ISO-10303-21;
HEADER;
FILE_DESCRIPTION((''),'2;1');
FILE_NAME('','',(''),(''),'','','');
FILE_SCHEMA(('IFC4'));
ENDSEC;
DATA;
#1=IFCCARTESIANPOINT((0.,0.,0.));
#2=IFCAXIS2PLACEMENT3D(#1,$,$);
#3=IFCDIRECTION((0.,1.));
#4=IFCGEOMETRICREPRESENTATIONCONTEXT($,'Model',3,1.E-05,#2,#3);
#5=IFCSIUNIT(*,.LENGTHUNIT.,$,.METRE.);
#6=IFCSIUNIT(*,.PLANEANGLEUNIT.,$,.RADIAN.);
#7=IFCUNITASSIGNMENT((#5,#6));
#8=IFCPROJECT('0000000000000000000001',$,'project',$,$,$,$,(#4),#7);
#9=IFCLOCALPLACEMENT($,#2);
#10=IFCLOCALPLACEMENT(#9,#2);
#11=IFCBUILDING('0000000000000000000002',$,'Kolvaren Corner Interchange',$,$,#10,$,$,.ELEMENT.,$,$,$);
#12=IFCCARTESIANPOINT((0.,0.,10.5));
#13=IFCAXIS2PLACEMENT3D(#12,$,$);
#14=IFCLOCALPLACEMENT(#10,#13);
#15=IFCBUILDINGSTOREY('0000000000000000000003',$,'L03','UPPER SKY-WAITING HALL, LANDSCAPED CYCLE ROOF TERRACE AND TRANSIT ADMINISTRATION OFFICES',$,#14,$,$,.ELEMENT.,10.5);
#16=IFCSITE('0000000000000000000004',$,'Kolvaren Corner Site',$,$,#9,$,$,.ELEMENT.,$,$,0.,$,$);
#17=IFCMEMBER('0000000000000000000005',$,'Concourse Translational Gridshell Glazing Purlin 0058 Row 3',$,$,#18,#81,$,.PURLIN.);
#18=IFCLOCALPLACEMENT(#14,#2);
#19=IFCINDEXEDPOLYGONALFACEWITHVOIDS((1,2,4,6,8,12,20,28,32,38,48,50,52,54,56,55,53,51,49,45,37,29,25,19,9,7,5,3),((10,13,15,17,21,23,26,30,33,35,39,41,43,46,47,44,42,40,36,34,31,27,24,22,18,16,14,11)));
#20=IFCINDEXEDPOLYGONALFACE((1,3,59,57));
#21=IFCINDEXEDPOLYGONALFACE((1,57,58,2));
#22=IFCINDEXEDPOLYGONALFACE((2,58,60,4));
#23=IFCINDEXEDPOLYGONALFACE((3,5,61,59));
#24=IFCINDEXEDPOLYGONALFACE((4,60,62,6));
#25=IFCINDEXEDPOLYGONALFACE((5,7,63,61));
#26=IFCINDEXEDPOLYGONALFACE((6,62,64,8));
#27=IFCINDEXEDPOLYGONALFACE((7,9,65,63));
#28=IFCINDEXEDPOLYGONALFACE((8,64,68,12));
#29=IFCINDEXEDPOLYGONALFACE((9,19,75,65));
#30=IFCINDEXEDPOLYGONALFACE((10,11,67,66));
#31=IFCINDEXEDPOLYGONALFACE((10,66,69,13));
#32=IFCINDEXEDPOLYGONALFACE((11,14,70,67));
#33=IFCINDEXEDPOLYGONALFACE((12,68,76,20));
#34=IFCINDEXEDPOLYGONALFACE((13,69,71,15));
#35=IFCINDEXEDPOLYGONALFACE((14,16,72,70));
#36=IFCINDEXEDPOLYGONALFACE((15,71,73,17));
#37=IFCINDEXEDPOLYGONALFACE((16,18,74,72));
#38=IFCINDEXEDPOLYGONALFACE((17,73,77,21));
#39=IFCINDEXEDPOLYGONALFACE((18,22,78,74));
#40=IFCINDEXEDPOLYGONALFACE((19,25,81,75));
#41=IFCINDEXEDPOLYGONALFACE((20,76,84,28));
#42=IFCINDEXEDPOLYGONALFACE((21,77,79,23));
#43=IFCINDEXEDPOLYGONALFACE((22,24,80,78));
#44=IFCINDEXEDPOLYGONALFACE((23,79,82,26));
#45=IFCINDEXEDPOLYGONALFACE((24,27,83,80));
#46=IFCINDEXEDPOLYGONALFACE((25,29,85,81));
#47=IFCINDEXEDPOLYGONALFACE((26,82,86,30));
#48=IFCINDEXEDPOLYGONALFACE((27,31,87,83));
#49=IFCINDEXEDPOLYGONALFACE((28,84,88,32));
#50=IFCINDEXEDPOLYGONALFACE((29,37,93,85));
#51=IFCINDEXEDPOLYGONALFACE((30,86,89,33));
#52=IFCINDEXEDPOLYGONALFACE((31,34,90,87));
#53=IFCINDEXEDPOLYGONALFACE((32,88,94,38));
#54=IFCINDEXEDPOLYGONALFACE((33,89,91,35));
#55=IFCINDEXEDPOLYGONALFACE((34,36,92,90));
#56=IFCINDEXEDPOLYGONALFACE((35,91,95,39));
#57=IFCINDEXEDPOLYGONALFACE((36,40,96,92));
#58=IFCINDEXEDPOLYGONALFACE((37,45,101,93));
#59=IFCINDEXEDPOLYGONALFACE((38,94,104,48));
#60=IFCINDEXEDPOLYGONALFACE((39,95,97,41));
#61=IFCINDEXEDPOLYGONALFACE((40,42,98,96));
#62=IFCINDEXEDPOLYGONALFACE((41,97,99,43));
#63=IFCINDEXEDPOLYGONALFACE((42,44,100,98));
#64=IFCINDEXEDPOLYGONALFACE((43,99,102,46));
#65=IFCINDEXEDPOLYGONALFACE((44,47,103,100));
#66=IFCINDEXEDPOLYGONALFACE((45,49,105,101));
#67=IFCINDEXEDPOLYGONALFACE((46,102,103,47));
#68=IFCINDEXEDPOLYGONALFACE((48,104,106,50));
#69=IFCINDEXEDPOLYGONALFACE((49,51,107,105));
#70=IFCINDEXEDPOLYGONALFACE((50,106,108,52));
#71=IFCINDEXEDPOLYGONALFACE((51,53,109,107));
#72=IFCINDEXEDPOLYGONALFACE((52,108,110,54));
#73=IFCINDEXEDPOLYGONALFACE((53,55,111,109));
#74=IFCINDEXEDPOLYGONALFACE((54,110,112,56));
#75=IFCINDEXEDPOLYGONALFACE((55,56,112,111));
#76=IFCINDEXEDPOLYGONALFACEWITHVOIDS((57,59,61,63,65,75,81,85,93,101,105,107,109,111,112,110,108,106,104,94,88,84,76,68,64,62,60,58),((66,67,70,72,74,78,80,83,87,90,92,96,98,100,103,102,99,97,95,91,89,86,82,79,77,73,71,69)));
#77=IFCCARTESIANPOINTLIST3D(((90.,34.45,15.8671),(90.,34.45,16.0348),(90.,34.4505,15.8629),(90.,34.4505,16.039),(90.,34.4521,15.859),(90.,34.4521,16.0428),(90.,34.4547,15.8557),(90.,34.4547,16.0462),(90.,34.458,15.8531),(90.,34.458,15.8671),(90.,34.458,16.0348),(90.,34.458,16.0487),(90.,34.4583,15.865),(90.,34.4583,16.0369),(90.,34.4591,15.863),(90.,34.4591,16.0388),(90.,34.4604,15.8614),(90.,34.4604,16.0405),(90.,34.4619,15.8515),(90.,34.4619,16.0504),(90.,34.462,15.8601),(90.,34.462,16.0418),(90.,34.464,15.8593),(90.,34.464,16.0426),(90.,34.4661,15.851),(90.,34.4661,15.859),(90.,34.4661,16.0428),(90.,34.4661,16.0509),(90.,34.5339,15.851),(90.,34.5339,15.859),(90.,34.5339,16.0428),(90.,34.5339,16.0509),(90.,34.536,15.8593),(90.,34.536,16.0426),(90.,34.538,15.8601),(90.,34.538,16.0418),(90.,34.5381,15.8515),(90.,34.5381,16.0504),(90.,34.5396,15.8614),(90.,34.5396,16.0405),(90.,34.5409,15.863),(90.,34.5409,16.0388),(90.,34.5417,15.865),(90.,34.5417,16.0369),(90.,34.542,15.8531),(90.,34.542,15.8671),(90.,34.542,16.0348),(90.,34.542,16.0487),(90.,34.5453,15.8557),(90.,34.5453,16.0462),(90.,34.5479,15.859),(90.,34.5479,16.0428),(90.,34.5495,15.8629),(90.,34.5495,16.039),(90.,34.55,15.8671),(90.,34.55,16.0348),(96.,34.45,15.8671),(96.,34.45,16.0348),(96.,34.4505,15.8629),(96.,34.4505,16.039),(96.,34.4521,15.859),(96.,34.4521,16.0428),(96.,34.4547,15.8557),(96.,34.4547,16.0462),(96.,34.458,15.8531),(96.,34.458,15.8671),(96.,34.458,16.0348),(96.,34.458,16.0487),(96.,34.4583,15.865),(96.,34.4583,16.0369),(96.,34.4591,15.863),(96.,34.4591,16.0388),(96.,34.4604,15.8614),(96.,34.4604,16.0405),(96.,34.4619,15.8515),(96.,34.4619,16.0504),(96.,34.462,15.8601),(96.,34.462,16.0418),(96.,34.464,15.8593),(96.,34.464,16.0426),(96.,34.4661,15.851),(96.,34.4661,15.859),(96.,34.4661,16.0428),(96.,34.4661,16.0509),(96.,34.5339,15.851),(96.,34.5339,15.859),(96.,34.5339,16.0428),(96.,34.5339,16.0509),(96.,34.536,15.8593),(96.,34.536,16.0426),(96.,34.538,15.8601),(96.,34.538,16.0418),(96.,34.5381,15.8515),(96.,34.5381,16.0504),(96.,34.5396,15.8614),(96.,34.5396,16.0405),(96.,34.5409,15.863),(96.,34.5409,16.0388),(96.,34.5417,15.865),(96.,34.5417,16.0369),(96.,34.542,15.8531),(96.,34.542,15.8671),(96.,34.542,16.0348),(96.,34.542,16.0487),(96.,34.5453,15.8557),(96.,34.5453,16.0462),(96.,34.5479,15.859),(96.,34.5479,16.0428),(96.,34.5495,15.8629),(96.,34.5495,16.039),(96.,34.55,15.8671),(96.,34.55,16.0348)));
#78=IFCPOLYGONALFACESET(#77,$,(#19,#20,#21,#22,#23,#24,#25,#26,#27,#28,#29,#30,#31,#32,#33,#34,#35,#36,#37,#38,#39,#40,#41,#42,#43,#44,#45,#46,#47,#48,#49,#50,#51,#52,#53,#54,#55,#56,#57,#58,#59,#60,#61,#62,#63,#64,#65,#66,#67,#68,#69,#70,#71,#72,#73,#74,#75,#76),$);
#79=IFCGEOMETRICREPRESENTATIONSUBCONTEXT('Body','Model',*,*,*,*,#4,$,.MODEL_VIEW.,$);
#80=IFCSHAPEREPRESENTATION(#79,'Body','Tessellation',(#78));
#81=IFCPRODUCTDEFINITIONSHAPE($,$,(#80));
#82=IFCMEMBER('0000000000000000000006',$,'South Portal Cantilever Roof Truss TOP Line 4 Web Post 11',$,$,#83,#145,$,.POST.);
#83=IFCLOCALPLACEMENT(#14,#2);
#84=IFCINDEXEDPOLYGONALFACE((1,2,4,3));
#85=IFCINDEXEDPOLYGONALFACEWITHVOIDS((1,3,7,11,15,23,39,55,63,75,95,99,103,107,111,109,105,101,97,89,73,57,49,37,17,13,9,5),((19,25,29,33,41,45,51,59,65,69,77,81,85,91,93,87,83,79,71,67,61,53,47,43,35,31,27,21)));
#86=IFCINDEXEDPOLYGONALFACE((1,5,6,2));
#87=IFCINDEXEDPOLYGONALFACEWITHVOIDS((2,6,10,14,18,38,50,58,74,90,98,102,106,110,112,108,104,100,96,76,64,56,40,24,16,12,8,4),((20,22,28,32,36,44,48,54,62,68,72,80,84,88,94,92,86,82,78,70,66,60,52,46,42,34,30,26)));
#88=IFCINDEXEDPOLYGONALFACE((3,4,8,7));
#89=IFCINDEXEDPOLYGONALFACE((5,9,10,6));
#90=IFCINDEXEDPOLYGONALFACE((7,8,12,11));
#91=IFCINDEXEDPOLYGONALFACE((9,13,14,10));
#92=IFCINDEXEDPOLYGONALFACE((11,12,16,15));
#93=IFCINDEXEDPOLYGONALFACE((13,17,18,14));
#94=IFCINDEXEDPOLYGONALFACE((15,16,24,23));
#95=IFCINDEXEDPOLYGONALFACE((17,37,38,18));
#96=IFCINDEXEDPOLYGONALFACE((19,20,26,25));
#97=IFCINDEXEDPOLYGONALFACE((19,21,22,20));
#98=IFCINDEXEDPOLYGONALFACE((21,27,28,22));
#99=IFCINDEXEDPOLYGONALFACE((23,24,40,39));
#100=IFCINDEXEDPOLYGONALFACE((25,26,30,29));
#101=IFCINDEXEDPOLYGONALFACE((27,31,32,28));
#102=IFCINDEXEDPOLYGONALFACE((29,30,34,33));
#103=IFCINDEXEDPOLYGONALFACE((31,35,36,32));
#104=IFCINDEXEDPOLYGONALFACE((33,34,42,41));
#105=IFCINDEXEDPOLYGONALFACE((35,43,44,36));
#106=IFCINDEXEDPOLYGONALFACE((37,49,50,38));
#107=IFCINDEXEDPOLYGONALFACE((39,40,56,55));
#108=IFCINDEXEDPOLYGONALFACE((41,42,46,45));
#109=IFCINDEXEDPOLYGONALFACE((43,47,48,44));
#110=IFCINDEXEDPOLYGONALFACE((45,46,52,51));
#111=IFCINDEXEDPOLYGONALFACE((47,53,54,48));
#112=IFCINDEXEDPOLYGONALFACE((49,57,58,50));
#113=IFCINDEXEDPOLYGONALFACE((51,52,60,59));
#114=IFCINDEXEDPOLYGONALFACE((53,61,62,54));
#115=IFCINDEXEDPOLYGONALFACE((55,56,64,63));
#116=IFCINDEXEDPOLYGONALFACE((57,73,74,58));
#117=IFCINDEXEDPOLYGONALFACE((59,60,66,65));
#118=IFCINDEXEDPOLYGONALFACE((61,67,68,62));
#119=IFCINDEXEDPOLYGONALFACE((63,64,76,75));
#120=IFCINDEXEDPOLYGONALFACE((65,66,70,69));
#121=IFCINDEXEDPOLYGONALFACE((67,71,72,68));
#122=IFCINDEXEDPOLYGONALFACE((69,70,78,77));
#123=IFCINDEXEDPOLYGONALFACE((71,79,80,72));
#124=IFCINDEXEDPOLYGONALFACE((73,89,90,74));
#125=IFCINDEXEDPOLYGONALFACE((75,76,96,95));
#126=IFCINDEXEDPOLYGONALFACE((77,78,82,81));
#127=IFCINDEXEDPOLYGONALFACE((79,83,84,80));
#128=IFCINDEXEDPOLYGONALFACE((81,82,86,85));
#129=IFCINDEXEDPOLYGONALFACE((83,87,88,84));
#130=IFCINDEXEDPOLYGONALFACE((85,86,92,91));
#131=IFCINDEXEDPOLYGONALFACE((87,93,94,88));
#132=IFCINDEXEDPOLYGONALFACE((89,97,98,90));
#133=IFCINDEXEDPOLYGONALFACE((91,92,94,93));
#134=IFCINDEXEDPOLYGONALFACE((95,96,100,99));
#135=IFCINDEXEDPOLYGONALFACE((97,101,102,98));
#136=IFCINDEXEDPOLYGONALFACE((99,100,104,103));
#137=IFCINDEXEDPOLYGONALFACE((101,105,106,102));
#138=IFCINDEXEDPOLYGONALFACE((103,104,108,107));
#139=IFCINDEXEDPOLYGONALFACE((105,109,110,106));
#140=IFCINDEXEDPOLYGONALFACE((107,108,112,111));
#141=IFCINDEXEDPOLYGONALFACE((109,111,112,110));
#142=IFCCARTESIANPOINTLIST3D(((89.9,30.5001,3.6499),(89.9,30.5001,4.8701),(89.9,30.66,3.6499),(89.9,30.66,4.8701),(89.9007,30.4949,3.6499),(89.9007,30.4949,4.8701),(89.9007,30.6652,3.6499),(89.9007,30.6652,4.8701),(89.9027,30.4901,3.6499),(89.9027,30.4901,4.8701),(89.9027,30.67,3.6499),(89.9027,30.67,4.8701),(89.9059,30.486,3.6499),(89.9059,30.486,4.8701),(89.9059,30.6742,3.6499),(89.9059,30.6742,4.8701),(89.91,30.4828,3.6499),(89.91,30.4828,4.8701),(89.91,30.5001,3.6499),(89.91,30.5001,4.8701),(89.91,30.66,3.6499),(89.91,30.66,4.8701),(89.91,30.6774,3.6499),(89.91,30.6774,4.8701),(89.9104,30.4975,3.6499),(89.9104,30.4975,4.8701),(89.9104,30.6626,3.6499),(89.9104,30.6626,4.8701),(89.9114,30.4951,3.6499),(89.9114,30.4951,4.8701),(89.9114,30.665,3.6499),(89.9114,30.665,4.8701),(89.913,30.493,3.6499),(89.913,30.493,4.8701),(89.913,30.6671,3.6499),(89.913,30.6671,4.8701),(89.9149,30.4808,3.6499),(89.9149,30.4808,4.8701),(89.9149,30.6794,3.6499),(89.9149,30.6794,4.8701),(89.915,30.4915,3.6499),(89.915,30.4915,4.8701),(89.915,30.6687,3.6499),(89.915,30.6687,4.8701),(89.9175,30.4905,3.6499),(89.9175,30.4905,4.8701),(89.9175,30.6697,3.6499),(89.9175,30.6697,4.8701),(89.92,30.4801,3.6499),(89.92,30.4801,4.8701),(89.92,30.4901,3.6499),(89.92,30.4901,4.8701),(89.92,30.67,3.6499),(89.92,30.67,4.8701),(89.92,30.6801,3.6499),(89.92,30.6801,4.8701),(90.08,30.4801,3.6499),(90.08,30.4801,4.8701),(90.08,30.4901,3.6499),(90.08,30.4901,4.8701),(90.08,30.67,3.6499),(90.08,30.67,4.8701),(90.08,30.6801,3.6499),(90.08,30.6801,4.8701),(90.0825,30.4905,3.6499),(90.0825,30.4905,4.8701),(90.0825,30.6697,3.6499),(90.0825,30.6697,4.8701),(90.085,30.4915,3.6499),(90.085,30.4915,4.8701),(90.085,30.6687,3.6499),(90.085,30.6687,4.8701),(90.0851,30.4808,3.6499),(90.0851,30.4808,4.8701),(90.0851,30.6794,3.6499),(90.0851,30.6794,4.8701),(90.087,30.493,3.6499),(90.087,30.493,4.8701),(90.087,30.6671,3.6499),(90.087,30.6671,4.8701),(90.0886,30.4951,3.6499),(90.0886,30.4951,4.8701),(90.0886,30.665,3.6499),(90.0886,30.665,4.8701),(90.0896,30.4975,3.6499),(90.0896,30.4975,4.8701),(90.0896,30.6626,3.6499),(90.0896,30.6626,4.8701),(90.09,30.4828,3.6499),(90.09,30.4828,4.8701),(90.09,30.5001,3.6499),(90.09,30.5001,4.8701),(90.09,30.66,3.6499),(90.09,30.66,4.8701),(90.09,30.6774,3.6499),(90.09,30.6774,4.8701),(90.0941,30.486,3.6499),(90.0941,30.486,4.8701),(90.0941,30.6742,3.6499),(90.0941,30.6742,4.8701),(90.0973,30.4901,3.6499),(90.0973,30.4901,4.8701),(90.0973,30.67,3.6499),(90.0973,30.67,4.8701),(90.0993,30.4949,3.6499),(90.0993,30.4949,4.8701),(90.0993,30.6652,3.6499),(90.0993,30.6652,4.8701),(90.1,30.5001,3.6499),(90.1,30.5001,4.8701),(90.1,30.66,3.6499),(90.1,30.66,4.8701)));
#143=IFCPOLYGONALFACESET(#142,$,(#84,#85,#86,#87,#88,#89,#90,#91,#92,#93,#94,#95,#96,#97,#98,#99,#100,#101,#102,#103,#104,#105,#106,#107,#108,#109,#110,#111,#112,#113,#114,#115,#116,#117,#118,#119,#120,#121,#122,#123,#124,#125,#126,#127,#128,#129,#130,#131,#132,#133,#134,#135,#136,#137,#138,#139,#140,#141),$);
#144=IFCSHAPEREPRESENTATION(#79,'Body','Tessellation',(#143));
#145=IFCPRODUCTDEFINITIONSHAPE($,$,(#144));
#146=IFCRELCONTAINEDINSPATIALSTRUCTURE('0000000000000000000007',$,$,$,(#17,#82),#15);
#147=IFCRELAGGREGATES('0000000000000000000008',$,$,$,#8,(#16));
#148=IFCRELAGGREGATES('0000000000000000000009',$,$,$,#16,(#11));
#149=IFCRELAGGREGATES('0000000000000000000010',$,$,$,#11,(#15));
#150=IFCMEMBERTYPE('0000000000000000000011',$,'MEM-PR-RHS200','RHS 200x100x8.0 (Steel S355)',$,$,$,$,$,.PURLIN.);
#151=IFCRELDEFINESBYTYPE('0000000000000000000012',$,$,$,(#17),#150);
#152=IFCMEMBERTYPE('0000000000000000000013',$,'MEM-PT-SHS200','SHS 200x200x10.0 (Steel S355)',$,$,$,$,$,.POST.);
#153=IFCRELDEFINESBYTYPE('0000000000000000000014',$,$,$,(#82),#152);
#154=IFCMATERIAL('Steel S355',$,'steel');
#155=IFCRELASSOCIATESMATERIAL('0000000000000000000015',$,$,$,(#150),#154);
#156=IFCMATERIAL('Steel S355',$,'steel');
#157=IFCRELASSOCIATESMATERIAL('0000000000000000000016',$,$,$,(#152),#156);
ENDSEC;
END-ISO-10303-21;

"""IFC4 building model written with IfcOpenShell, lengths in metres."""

from ifc_helpers import new_model, si_unit, direction, frame, origin, origin_2d, place, context, subcontext, project, spatial, hollow_rectangle, extrude, material, material_profile, profile_set, type_object, element, save


model = new_model("IFC4")

# Units and contexts
model_context = context("Model", 3, precision=1e-05, world=origin(), true_north=direction((0.0, 1.0)))
body_context = subcontext(model_context, "Body", "Model", "MODEL_VIEW")
ifc_project = project(units=[si_unit("LENGTHUNIT", "METRE"), si_unit("PLANEANGLEUNIT", "RADIAN")], contexts=[model_context])

# Site, building, storey
site_placement = place(None, origin())
site = spatial("IfcSite", under=ifc_project, at=site_placement, Name="Kolvaren Corner Site", CompositionType="ELEMENT", RefElevation=0.0)
building_placement = place(site_placement, origin())
building = spatial("IfcBuilding", under=site, at=building_placement, Name="Kolvaren Corner Interchange", CompositionType="ELEMENT")
storey_placement = place(building_placement, frame((0.0, 0.0, 10.5)))
storey = spatial("IfcBuildingStorey", under=building, at=storey_placement, Name="L03", Description="UPPER SKY-WAITING HALL, LANDSCAPED CYCLE ROOF TERRACE AND TRANSIT ADMINISTRATION OFFICES", CompositionType="ELEMENT", Elevation=10.5)

# Members
ifc_material_1 = material(Name="Steel S355", Category="steel")
ifc_material_profile_1 = material_profile(ifc_material_1, hollow_rectangle(XDim=0.1001, YDim=0.2, WallThickness=0.0081, InnerFilletRadius=0.0081, OuterFilletRadius=0.0161, at=origin_2d()), Name="RHS 200x100x8.0")
ifc_profile_set_1 = profile_set([ifc_material_profile_1], Name="Steel S355")
member_type_1 = type_object("IfcMemberType", Name="MEM-PR-RHS200", Description="RHS 200x100x8.0 (Steel S355)", PredefinedType="PURLIN", material=ifc_profile_set_1)
for number, where, z_axis, x_axis, name in (
    (1, (90.0, 34.5, 15.9509), (1.0, 0.0, 0.0), (0.0, 1.0, 0.0), "Concourse Translational Gridshell Glazing Purlin 0058 Row 3"),
):
    element("IfcMember", number, at=place(storey_placement, frame(where, z_axis=z_axis, x_axis=x_axis)), inside=storey, type_object=member_type_1, Name=name, PredefinedType="PURLIN", context=body_context, shape_type="SweptSolid", body=[
        extrude(hollow_rectangle(XDim=0.1001, YDim=0.2, WallThickness=0.0081, InnerFilletRadius=0.0081, OuterFilletRadius=0.0161, at=origin_2d()), origin(), (0.0, 0.0, 1.0), 6.0),
    ])
ifc_material_2 = material(Name="Steel S355", Category="steel")
ifc_material_profile_2 = material_profile(ifc_material_2, hollow_rectangle(XDim=0.2, YDim=0.2, WallThickness=0.01, InnerFilletRadius=0.01, OuterFilletRadius=0.02, at=origin_2d()), Name="SHS 200x200x10.0")
ifc_profile_set_2 = profile_set([ifc_material_profile_2], Name="Steel S355")
member_type_2 = type_object("IfcMemberType", Name="MEM-PT-SHS200", Description="SHS 200x200x10.0 (Steel S355)", PredefinedType="POST", material=ifc_profile_set_2)
for number, where, z_axis, x_axis, name in (
    (2, (90.0, 30.5801, 3.6499), (0.0, 0.0, 1.0), (1.0, 0.0, 0.0), "South Portal Cantilever Roof Truss TOP Line 4 Web Post 11"),
):
    element("IfcMember", number, at=place(storey_placement, frame(where, z_axis=z_axis, x_axis=x_axis)), inside=storey, type_object=member_type_2, Name=name, PredefinedType="POST", context=body_context, shape_type="SweptSolid", body=[
        extrude(hollow_rectangle(XDim=0.2, YDim=0.2, WallThickness=0.01, InnerFilletRadius=0.01, OuterFilletRadius=0.02, at=origin_2d()), origin(), (0.0, 0.0, 1.0), 1.2202),
    ])

save(model, "model.ifc")
